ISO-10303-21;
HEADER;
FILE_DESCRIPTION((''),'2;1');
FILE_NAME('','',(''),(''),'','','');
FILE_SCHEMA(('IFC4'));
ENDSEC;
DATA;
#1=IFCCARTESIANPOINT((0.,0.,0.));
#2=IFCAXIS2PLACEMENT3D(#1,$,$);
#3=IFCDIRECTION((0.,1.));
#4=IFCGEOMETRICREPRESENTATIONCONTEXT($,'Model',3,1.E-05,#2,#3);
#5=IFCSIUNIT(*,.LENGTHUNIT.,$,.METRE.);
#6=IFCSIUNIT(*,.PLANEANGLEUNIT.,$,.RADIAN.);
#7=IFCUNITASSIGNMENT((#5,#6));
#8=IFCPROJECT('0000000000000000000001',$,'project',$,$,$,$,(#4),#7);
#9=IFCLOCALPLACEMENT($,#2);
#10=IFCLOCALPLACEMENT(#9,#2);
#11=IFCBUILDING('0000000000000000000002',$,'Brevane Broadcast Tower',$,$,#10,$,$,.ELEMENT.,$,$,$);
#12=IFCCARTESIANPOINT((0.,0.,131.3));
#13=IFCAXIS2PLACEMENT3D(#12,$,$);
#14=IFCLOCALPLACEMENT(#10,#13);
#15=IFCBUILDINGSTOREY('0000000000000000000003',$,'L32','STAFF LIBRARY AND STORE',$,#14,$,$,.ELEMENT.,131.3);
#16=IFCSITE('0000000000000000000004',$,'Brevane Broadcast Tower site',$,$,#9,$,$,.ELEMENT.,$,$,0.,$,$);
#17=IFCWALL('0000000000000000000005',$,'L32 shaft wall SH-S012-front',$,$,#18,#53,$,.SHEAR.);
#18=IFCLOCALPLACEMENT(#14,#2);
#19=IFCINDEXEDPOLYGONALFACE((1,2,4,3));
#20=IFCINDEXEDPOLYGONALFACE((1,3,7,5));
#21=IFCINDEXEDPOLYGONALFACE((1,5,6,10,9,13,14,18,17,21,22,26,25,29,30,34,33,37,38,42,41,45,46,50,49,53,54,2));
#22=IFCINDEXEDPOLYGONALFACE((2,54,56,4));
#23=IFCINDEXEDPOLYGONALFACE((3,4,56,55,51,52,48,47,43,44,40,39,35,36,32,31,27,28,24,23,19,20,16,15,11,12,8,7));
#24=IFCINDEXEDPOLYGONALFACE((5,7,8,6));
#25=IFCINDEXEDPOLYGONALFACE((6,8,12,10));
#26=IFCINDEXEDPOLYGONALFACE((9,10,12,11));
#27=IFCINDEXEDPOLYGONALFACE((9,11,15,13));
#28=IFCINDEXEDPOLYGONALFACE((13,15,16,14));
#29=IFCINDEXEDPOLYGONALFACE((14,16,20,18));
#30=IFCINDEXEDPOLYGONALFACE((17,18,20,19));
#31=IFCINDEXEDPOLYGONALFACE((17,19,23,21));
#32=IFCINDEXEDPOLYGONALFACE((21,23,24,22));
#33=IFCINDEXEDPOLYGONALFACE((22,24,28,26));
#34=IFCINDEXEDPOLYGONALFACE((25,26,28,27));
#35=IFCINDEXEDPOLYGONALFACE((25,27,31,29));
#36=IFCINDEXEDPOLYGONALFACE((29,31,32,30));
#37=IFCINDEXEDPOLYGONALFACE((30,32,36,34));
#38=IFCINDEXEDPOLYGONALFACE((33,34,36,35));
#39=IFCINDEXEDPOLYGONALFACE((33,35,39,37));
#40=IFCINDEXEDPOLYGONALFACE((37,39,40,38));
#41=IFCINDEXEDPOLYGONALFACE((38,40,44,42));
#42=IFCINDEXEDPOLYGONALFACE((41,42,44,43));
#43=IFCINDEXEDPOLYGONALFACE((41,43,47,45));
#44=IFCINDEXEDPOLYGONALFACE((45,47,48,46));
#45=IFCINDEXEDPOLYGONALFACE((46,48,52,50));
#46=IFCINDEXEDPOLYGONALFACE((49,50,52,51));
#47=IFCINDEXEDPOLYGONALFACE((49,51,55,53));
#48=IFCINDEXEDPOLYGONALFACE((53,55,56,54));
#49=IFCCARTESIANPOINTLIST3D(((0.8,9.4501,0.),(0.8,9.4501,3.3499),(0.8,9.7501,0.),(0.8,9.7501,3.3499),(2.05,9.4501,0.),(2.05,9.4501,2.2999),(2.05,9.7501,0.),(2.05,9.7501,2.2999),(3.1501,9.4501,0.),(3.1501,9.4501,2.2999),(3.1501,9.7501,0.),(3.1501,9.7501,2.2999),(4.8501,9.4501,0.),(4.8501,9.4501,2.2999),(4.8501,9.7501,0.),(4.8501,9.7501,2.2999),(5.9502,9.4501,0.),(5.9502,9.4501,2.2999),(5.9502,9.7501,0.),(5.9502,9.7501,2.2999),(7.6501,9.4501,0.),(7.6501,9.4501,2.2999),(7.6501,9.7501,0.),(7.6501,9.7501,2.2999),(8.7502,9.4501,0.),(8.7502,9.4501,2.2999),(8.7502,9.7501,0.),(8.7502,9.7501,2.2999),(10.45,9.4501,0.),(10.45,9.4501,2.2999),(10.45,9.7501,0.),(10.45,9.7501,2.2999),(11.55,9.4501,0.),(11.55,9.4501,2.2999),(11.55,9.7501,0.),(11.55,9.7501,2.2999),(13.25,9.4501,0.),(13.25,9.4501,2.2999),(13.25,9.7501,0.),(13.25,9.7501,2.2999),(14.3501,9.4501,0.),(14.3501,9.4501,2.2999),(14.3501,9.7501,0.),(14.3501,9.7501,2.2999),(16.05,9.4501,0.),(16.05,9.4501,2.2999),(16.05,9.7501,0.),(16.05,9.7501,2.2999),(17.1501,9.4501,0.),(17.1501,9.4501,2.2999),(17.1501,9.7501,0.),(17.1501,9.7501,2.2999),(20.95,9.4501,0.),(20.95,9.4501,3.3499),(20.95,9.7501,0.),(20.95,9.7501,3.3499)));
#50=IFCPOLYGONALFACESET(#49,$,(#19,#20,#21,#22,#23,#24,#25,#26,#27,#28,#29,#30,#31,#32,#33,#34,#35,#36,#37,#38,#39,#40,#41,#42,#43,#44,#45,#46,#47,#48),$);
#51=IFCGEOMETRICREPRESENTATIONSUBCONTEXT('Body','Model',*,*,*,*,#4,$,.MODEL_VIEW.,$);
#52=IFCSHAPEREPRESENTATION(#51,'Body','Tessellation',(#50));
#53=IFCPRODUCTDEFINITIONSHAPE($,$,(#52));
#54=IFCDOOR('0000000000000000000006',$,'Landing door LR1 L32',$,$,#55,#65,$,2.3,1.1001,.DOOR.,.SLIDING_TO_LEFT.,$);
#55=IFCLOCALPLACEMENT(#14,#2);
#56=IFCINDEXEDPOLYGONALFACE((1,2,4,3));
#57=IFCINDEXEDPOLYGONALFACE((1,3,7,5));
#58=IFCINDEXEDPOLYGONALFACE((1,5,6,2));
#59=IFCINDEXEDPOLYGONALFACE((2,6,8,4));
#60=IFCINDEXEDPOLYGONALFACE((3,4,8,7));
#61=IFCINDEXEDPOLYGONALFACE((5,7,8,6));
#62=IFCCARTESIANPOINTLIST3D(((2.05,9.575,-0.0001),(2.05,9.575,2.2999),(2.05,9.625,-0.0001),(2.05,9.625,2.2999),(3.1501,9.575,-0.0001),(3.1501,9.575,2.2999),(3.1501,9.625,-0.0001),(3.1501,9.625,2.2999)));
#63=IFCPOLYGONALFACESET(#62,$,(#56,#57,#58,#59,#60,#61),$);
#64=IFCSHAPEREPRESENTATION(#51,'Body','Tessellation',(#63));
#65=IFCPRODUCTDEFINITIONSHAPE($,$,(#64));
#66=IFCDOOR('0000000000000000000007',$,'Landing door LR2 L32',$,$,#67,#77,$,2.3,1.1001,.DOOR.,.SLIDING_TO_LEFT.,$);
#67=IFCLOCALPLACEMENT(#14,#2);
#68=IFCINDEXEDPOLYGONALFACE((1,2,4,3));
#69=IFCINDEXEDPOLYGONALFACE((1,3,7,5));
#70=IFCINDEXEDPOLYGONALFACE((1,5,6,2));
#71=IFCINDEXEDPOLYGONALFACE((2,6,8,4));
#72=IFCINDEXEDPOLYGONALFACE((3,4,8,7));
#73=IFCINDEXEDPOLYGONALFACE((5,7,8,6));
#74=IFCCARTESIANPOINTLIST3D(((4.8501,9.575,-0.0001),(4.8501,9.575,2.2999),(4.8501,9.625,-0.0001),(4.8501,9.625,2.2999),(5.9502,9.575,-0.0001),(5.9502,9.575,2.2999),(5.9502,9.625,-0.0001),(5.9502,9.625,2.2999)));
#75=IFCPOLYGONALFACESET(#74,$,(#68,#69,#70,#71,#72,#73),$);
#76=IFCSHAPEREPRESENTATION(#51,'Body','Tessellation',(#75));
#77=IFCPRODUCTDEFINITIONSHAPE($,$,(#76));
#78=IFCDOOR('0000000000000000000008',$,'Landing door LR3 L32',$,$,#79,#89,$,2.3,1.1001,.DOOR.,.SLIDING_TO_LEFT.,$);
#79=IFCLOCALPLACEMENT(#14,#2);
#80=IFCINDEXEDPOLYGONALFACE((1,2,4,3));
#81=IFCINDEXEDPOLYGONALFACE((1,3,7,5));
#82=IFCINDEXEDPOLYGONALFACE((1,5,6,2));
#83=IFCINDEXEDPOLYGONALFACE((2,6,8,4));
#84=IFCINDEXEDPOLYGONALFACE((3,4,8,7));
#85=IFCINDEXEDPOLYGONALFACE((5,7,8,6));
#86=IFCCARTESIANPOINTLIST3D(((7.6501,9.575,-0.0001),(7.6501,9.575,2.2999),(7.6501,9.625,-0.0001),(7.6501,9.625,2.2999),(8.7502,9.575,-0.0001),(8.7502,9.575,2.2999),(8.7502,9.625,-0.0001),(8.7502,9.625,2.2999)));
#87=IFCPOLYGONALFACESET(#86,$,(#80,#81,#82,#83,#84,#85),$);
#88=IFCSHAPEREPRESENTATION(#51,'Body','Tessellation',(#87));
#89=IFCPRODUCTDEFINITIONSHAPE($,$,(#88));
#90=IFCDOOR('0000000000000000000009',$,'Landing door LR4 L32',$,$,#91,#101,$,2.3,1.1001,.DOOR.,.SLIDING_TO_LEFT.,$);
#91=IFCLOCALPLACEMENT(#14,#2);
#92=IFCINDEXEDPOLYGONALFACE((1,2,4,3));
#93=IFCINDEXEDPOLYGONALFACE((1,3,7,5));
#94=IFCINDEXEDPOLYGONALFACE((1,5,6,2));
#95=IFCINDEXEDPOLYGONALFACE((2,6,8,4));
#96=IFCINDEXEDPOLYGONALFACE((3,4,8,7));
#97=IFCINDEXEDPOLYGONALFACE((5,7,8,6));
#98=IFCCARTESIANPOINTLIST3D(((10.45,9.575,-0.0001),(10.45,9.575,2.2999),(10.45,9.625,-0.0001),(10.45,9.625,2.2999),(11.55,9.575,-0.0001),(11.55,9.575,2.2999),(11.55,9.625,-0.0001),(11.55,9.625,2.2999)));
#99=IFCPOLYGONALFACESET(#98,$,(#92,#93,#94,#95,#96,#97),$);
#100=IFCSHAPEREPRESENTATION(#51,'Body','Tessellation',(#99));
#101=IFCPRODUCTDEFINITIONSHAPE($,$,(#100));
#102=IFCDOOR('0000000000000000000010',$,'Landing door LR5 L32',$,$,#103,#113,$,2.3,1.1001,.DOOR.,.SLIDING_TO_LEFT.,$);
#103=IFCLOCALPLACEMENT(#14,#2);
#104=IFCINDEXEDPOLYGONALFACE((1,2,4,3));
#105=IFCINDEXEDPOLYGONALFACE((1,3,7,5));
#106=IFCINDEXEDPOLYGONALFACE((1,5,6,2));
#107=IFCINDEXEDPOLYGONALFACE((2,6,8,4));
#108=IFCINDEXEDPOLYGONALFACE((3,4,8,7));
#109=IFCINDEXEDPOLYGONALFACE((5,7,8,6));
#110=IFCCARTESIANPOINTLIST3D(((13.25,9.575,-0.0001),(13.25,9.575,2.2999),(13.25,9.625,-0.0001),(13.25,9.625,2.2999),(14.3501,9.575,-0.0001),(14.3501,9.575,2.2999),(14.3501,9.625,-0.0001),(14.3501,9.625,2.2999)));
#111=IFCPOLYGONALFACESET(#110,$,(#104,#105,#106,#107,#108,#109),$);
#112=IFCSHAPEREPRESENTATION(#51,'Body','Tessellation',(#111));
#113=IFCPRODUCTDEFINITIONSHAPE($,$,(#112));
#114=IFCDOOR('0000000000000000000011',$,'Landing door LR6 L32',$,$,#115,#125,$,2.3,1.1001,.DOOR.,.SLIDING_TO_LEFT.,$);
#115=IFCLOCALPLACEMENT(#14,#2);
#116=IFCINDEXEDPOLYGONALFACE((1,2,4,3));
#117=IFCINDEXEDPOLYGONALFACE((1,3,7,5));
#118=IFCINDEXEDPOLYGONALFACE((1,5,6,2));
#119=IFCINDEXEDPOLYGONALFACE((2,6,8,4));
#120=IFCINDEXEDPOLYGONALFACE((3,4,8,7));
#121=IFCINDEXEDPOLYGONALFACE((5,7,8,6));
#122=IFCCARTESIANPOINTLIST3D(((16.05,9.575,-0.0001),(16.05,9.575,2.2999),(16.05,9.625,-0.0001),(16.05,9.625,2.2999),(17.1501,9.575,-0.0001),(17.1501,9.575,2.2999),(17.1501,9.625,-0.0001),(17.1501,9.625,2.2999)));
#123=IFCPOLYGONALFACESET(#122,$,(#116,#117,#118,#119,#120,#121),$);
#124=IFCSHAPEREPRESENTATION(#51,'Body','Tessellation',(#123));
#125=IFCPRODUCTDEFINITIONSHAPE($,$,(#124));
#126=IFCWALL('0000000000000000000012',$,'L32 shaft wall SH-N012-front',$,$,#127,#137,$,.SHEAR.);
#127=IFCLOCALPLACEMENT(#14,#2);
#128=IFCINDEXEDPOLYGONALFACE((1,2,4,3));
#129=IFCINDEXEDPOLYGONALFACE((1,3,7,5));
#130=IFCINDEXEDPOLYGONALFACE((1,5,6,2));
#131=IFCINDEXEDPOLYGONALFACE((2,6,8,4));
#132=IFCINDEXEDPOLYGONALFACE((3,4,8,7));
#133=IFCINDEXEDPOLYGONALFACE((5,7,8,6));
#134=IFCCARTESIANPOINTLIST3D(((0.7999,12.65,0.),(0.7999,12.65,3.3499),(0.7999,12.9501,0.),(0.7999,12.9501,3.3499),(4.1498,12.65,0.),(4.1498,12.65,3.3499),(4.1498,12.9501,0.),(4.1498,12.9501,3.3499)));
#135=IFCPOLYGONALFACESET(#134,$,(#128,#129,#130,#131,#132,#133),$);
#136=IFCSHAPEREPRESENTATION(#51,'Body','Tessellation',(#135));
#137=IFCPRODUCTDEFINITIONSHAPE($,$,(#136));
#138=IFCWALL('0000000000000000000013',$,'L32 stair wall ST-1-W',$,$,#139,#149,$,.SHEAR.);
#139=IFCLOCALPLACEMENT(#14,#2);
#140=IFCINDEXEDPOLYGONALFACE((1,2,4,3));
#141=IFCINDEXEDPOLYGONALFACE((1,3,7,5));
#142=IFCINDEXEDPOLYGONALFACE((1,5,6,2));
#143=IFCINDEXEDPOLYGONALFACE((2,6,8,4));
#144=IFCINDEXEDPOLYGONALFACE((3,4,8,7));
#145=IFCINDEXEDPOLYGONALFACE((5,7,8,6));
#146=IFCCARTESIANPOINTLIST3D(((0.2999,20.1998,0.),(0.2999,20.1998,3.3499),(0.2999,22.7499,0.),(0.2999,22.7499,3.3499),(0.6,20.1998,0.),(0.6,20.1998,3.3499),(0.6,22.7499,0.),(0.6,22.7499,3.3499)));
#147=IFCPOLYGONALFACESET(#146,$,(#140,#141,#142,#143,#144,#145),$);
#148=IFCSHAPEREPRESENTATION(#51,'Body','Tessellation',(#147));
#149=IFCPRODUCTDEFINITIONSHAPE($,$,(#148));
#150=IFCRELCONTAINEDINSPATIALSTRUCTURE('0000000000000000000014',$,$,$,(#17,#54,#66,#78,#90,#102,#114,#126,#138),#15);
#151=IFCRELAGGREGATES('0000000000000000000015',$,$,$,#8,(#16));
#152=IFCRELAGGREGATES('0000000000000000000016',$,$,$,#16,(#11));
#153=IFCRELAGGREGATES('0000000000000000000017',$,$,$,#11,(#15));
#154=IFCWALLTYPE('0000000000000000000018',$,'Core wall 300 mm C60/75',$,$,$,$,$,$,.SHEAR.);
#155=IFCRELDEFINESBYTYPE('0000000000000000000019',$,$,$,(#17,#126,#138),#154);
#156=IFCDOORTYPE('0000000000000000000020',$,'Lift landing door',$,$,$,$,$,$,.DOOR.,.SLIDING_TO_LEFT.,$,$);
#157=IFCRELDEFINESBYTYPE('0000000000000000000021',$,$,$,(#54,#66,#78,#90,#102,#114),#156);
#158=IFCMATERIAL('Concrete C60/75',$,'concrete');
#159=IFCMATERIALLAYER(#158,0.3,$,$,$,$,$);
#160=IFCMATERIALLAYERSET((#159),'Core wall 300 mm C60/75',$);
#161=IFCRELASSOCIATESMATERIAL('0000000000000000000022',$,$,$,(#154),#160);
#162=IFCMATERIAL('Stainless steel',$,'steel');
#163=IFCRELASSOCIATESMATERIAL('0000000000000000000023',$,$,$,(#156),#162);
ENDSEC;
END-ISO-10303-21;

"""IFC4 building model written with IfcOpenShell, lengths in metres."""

from ifc_helpers import new_model, si_unit, direction, frame, frame_2d, origin, place, context, subcontext, project, spatial, rectangle, extrude, material, layer, layer_set, type_object, element, fill, save


model = new_model("IFC4")

# Units and contexts
model_context = context("Model", 3, precision=1e-05, world=origin(), true_north=direction((0.0, 1.0)))
body_context = subcontext(model_context, "Body", "Model", "MODEL_VIEW")
ifc_project = project(units=[si_unit("LENGTHUNIT", "METRE"), si_unit("PLANEANGLEUNIT", "RADIAN")], contexts=[model_context])

# Site, building, storey
site_placement = place(None, origin())
site = spatial("IfcSite", under=ifc_project, at=site_placement, Name="Brevane Broadcast Tower site", CompositionType="ELEMENT", RefElevation=0.0)
building_placement = place(site_placement, origin())
building = spatial("IfcBuilding", under=site, at=building_placement, Name="Brevane Broadcast Tower", CompositionType="ELEMENT")
storey_placement = place(building_placement, frame((0.0, 0.0, 131.3)))
storey = spatial("IfcBuildingStorey", under=building, at=storey_placement, Name="L32", Description="STAFF LIBRARY AND STORE", CompositionType="ELEMENT", Elevation=131.3)

# Wall, openings, doors
ifc_material_1 = material(Name="Concrete C60/75", Category="concrete")
ifc_layer_1 = layer(ifc_material_1, 0.3)
ifc_layer_set_1 = layer_set([ifc_layer_1], Name="Core wall 300 mm C60/75")
wall_type_1 = type_object("IfcWallType", Name="Core wall 300 mm C60/75", PredefinedType="SHEAR", material=ifc_layer_set_1)
wall_1_placement = place(storey_placement, frame((0.8, 9.6001, 0.0), z_axis=(0.0, 0.0, 1.0), x_axis=(1.0, 0.0, 0.0)))
wall_1 = element("IfcWall", 1, at=wall_1_placement, inside=storey, type_object=wall_type_1, Name="L32 shaft wall SH-S012-front", PredefinedType="SHEAR", context=body_context, shape_type="SweptSolid", body=[
    extrude(rectangle(XDim=20.1499, YDim=0.3, at=frame_2d((10.075, 0.0))), origin(), (0.0, 0.0, 1.0), 3.3499),
])
opening_1_placement = place(wall_1_placement, frame((1.25, 0.0, 0.0)))
opening_1 = element("IfcOpeningElement", 2, at=opening_1_placement, cuts=wall_1, PredefinedType="OPENING", context=body_context, shape_type="SweptSolid", body=[
    extrude(rectangle(XDim=1.1001, YDim=2.3, at=frame_2d((0.55, 1.1499))), frame((0.0, 0.1599, 0.0), z_axis=(0.0, -1.0, 0.0), x_axis=(1.0, 0.0, 0.0)), (0.0, 0.0, 1.0), 0.3201),
])
opening_2_placement = place(wall_1_placement, frame((4.05, 0.0, 0.0)))
opening_2 = element("IfcOpeningElement", 3, at=opening_2_placement, cuts=wall_1, PredefinedType="OPENING", context=body_context, shape_type="SweptSolid", body=[
    extrude(rectangle(XDim=1.1001, YDim=2.3, at=frame_2d((0.55, 1.1499))), frame((0.0, 0.1599, 0.0), z_axis=(0.0, -1.0, 0.0), x_axis=(1.0, 0.0, 0.0)), (0.0, 0.0, 1.0), 0.3201),
])
opening_3_placement = place(wall_1_placement, frame((6.8501, 0.0, 0.0)))
opening_3 = element("IfcOpeningElement", 4, at=opening_3_placement, cuts=wall_1, PredefinedType="OPENING", context=body_context, shape_type="SweptSolid", body=[
    extrude(rectangle(XDim=1.1001, YDim=2.3, at=frame_2d((0.55, 1.1499))), frame((0.0, 0.1599, 0.0), z_axis=(0.0, -1.0, 0.0), x_axis=(1.0, 0.0, 0.0)), (0.0, 0.0, 1.0), 0.3201),
])
opening_4_placement = place(wall_1_placement, frame((9.6499, 0.0, 0.0)))
opening_4 = element("IfcOpeningElement", 5, at=opening_4_placement, cuts=wall_1, PredefinedType="OPENING", context=body_context, shape_type="SweptSolid", body=[
    extrude(rectangle(XDim=1.1001, YDim=2.3, at=frame_2d((0.55, 1.1499))), frame((0.0, 0.1599, 0.0), z_axis=(0.0, -1.0, 0.0), x_axis=(1.0, 0.0, 0.0)), (0.0, 0.0, 1.0), 0.3201),
])
opening_5_placement = place(wall_1_placement, frame((12.45, 0.0, 0.0)))
opening_5 = element("IfcOpeningElement", 6, at=opening_5_placement, cuts=wall_1, PredefinedType="OPENING", context=body_context, shape_type="SweptSolid", body=[
    extrude(rectangle(XDim=1.1001, YDim=2.3, at=frame_2d((0.55, 1.1499))), frame((0.0, 0.1599, 0.0), z_axis=(0.0, -1.0, 0.0), x_axis=(1.0, 0.0, 0.0)), (0.0, 0.0, 1.0), 0.3201),
])
opening_6_placement = place(wall_1_placement, frame((15.25, 0.0, 0.0)))
opening_6 = element("IfcOpeningElement", 7, at=opening_6_placement, cuts=wall_1, PredefinedType="OPENING", context=body_context, shape_type="SweptSolid", body=[
    extrude(rectangle(XDim=1.1001, YDim=2.3, at=frame_2d((0.55, 1.1499))), frame((0.0, 0.1599, 0.0), z_axis=(0.0, -1.0, 0.0), x_axis=(1.0, 0.0, 0.0)), (0.0, 0.0, 1.0), 0.3201),
])
ifc_material_2 = material(Name="Stainless steel", Category="steel")
door_type = type_object("IfcDoorType", Name="Lift landing door", OperationType="SLIDING_TO_LEFT", PredefinedType="DOOR", material=ifc_material_2)
door_1_placement = place(opening_1_placement, origin())
door_1 = element("IfcDoor", 8, at=door_1_placement, inside=storey, type_object=door_type, Name="Landing door LR1 L32", OperationType="SLIDING_TO_LEFT", OverallHeight=2.3, OverallWidth=1.1001, PredefinedType="DOOR", context=body_context, shape_type="SweptSolid", body=[
    extrude(rectangle(XDim=1.1001, YDim=2.3, at=frame_2d((0.55, 1.1499))), frame((0.0, 0.0249, 0.0), z_axis=(0.0, -1.0, 0.0), x_axis=(1.0, 0.0, 0.0)), (0.0, 0.0, 1.0), 0.05),
])
fill(opening_1, door_1)
door_2_placement = place(opening_2_placement, origin())
door_2 = element("IfcDoor", 9, at=door_2_placement, inside=storey, type_object=door_type, Name="Landing door LR2 L32", OperationType="SLIDING_TO_LEFT", OverallHeight=2.3, OverallWidth=1.1001, PredefinedType="DOOR", context=body_context, shape_type="SweptSolid", body=[
    extrude(rectangle(XDim=1.1001, YDim=2.3, at=frame_2d((0.55, 1.1499))), frame((0.0, 0.0249, 0.0), z_axis=(0.0, -1.0, 0.0), x_axis=(1.0, 0.0, 0.0)), (0.0, 0.0, 1.0), 0.05),
])
fill(opening_2, door_2)
door_3_placement = place(opening_3_placement, origin())
door_3 = element("IfcDoor", 10, at=door_3_placement, inside=storey, type_object=door_type, Name="Landing door LR3 L32", OperationType="SLIDING_TO_LEFT", OverallHeight=2.3, OverallWidth=1.1001, PredefinedType="DOOR", context=body_context, shape_type="SweptSolid", body=[
    extrude(rectangle(XDim=1.1001, YDim=2.3, at=frame_2d((0.55, 1.1499))), frame((0.0, 0.0249, 0.0), z_axis=(0.0, -1.0, 0.0), x_axis=(1.0, 0.0, 0.0)), (0.0, 0.0, 1.0), 0.05),
])
fill(opening_3, door_3)
door_4_placement = place(opening_4_placement, origin())
door_4 = element("IfcDoor", 11, at=door_4_placement, inside=storey, type_object=door_type, Name="Landing door LR4 L32", OperationType="SLIDING_TO_LEFT", OverallHeight=2.3, OverallWidth=1.1001, PredefinedType="DOOR", context=body_context, shape_type="SweptSolid", body=[
    extrude(rectangle(XDim=1.1001, YDim=2.3, at=frame_2d((0.55, 1.1499))), frame((0.0, 0.0249, 0.0), z_axis=(0.0, -1.0, 0.0), x_axis=(1.0, 0.0, 0.0)), (0.0, 0.0, 1.0), 0.05),
])
fill(opening_4, door_4)
door_5_placement = place(opening_5_placement, origin())
door_5 = element("IfcDoor", 12, at=door_5_placement, inside=storey, type_object=door_type, Name="Landing door LR5 L32", OperationType="SLIDING_TO_LEFT", OverallHeight=2.3, OverallWidth=1.1001, PredefinedType="DOOR", context=body_context, shape_type="SweptSolid", body=[
    extrude(rectangle(XDim=1.1001, YDim=2.3, at=frame_2d((0.55, 1.1499))), frame((0.0, 0.0249, 0.0), z_axis=(0.0, -1.0, 0.0), x_axis=(1.0, 0.0, 0.0)), (0.0, 0.0, 1.0), 0.05),
])
fill(opening_5, door_5)
door_6_placement = place(opening_6_placement, origin())
door_6 = element("IfcDoor", 13, at=door_6_placement, inside=storey, type_object=door_type, Name="Landing door LR6 L32", OperationType="SLIDING_TO_LEFT", OverallHeight=2.3, OverallWidth=1.1001, PredefinedType="DOOR", context=body_context, shape_type="SweptSolid", body=[
    extrude(rectangle(XDim=1.1001, YDim=2.3, at=frame_2d((0.55, 1.1499))), frame((0.0, 0.0249, 0.0), z_axis=(0.0, -1.0, 0.0), x_axis=(1.0, 0.0, 0.0)), (0.0, 0.0, 1.0), 0.05),
])
fill(opening_6, door_6)

# Walls
wall_2_placement = place(storey_placement, frame((0.8, 12.8, 0.0), z_axis=(0.0, 0.0, 1.0), x_axis=(1.0, 0.0, 0.0)))
element("IfcWall", 14, at=wall_2_placement, inside=storey, type_object=wall_type_1, Name="L32 shaft wall SH-N012-front", PredefinedType="SHEAR", context=body_context, shape_type="SweptSolid", body=[
    extrude(rectangle(XDim=3.3499, YDim=0.3, at=frame_2d((1.6748, 0.0))), origin(), (0.0, 0.0, 1.0), 3.3499),
])
wall_3_placement = place(storey_placement, frame((0.45, 20.2, 0.0), z_axis=(0.0, 0.0, 1.0), x_axis=(0.0, 1.0, 0.0)))
element("IfcWall", 15, at=wall_3_placement, inside=storey, type_object=wall_type_1, Name="L32 stair wall ST-1-W", PredefinedType="SHEAR", context=body_context, shape_type="SweptSolid", body=[
    extrude(rectangle(XDim=2.55, YDim=0.3, at=frame_2d((1.2749, 0.0))), origin(), (0.0, 0.0, 1.0), 3.3499),
])

save(model, "model.ifc")
